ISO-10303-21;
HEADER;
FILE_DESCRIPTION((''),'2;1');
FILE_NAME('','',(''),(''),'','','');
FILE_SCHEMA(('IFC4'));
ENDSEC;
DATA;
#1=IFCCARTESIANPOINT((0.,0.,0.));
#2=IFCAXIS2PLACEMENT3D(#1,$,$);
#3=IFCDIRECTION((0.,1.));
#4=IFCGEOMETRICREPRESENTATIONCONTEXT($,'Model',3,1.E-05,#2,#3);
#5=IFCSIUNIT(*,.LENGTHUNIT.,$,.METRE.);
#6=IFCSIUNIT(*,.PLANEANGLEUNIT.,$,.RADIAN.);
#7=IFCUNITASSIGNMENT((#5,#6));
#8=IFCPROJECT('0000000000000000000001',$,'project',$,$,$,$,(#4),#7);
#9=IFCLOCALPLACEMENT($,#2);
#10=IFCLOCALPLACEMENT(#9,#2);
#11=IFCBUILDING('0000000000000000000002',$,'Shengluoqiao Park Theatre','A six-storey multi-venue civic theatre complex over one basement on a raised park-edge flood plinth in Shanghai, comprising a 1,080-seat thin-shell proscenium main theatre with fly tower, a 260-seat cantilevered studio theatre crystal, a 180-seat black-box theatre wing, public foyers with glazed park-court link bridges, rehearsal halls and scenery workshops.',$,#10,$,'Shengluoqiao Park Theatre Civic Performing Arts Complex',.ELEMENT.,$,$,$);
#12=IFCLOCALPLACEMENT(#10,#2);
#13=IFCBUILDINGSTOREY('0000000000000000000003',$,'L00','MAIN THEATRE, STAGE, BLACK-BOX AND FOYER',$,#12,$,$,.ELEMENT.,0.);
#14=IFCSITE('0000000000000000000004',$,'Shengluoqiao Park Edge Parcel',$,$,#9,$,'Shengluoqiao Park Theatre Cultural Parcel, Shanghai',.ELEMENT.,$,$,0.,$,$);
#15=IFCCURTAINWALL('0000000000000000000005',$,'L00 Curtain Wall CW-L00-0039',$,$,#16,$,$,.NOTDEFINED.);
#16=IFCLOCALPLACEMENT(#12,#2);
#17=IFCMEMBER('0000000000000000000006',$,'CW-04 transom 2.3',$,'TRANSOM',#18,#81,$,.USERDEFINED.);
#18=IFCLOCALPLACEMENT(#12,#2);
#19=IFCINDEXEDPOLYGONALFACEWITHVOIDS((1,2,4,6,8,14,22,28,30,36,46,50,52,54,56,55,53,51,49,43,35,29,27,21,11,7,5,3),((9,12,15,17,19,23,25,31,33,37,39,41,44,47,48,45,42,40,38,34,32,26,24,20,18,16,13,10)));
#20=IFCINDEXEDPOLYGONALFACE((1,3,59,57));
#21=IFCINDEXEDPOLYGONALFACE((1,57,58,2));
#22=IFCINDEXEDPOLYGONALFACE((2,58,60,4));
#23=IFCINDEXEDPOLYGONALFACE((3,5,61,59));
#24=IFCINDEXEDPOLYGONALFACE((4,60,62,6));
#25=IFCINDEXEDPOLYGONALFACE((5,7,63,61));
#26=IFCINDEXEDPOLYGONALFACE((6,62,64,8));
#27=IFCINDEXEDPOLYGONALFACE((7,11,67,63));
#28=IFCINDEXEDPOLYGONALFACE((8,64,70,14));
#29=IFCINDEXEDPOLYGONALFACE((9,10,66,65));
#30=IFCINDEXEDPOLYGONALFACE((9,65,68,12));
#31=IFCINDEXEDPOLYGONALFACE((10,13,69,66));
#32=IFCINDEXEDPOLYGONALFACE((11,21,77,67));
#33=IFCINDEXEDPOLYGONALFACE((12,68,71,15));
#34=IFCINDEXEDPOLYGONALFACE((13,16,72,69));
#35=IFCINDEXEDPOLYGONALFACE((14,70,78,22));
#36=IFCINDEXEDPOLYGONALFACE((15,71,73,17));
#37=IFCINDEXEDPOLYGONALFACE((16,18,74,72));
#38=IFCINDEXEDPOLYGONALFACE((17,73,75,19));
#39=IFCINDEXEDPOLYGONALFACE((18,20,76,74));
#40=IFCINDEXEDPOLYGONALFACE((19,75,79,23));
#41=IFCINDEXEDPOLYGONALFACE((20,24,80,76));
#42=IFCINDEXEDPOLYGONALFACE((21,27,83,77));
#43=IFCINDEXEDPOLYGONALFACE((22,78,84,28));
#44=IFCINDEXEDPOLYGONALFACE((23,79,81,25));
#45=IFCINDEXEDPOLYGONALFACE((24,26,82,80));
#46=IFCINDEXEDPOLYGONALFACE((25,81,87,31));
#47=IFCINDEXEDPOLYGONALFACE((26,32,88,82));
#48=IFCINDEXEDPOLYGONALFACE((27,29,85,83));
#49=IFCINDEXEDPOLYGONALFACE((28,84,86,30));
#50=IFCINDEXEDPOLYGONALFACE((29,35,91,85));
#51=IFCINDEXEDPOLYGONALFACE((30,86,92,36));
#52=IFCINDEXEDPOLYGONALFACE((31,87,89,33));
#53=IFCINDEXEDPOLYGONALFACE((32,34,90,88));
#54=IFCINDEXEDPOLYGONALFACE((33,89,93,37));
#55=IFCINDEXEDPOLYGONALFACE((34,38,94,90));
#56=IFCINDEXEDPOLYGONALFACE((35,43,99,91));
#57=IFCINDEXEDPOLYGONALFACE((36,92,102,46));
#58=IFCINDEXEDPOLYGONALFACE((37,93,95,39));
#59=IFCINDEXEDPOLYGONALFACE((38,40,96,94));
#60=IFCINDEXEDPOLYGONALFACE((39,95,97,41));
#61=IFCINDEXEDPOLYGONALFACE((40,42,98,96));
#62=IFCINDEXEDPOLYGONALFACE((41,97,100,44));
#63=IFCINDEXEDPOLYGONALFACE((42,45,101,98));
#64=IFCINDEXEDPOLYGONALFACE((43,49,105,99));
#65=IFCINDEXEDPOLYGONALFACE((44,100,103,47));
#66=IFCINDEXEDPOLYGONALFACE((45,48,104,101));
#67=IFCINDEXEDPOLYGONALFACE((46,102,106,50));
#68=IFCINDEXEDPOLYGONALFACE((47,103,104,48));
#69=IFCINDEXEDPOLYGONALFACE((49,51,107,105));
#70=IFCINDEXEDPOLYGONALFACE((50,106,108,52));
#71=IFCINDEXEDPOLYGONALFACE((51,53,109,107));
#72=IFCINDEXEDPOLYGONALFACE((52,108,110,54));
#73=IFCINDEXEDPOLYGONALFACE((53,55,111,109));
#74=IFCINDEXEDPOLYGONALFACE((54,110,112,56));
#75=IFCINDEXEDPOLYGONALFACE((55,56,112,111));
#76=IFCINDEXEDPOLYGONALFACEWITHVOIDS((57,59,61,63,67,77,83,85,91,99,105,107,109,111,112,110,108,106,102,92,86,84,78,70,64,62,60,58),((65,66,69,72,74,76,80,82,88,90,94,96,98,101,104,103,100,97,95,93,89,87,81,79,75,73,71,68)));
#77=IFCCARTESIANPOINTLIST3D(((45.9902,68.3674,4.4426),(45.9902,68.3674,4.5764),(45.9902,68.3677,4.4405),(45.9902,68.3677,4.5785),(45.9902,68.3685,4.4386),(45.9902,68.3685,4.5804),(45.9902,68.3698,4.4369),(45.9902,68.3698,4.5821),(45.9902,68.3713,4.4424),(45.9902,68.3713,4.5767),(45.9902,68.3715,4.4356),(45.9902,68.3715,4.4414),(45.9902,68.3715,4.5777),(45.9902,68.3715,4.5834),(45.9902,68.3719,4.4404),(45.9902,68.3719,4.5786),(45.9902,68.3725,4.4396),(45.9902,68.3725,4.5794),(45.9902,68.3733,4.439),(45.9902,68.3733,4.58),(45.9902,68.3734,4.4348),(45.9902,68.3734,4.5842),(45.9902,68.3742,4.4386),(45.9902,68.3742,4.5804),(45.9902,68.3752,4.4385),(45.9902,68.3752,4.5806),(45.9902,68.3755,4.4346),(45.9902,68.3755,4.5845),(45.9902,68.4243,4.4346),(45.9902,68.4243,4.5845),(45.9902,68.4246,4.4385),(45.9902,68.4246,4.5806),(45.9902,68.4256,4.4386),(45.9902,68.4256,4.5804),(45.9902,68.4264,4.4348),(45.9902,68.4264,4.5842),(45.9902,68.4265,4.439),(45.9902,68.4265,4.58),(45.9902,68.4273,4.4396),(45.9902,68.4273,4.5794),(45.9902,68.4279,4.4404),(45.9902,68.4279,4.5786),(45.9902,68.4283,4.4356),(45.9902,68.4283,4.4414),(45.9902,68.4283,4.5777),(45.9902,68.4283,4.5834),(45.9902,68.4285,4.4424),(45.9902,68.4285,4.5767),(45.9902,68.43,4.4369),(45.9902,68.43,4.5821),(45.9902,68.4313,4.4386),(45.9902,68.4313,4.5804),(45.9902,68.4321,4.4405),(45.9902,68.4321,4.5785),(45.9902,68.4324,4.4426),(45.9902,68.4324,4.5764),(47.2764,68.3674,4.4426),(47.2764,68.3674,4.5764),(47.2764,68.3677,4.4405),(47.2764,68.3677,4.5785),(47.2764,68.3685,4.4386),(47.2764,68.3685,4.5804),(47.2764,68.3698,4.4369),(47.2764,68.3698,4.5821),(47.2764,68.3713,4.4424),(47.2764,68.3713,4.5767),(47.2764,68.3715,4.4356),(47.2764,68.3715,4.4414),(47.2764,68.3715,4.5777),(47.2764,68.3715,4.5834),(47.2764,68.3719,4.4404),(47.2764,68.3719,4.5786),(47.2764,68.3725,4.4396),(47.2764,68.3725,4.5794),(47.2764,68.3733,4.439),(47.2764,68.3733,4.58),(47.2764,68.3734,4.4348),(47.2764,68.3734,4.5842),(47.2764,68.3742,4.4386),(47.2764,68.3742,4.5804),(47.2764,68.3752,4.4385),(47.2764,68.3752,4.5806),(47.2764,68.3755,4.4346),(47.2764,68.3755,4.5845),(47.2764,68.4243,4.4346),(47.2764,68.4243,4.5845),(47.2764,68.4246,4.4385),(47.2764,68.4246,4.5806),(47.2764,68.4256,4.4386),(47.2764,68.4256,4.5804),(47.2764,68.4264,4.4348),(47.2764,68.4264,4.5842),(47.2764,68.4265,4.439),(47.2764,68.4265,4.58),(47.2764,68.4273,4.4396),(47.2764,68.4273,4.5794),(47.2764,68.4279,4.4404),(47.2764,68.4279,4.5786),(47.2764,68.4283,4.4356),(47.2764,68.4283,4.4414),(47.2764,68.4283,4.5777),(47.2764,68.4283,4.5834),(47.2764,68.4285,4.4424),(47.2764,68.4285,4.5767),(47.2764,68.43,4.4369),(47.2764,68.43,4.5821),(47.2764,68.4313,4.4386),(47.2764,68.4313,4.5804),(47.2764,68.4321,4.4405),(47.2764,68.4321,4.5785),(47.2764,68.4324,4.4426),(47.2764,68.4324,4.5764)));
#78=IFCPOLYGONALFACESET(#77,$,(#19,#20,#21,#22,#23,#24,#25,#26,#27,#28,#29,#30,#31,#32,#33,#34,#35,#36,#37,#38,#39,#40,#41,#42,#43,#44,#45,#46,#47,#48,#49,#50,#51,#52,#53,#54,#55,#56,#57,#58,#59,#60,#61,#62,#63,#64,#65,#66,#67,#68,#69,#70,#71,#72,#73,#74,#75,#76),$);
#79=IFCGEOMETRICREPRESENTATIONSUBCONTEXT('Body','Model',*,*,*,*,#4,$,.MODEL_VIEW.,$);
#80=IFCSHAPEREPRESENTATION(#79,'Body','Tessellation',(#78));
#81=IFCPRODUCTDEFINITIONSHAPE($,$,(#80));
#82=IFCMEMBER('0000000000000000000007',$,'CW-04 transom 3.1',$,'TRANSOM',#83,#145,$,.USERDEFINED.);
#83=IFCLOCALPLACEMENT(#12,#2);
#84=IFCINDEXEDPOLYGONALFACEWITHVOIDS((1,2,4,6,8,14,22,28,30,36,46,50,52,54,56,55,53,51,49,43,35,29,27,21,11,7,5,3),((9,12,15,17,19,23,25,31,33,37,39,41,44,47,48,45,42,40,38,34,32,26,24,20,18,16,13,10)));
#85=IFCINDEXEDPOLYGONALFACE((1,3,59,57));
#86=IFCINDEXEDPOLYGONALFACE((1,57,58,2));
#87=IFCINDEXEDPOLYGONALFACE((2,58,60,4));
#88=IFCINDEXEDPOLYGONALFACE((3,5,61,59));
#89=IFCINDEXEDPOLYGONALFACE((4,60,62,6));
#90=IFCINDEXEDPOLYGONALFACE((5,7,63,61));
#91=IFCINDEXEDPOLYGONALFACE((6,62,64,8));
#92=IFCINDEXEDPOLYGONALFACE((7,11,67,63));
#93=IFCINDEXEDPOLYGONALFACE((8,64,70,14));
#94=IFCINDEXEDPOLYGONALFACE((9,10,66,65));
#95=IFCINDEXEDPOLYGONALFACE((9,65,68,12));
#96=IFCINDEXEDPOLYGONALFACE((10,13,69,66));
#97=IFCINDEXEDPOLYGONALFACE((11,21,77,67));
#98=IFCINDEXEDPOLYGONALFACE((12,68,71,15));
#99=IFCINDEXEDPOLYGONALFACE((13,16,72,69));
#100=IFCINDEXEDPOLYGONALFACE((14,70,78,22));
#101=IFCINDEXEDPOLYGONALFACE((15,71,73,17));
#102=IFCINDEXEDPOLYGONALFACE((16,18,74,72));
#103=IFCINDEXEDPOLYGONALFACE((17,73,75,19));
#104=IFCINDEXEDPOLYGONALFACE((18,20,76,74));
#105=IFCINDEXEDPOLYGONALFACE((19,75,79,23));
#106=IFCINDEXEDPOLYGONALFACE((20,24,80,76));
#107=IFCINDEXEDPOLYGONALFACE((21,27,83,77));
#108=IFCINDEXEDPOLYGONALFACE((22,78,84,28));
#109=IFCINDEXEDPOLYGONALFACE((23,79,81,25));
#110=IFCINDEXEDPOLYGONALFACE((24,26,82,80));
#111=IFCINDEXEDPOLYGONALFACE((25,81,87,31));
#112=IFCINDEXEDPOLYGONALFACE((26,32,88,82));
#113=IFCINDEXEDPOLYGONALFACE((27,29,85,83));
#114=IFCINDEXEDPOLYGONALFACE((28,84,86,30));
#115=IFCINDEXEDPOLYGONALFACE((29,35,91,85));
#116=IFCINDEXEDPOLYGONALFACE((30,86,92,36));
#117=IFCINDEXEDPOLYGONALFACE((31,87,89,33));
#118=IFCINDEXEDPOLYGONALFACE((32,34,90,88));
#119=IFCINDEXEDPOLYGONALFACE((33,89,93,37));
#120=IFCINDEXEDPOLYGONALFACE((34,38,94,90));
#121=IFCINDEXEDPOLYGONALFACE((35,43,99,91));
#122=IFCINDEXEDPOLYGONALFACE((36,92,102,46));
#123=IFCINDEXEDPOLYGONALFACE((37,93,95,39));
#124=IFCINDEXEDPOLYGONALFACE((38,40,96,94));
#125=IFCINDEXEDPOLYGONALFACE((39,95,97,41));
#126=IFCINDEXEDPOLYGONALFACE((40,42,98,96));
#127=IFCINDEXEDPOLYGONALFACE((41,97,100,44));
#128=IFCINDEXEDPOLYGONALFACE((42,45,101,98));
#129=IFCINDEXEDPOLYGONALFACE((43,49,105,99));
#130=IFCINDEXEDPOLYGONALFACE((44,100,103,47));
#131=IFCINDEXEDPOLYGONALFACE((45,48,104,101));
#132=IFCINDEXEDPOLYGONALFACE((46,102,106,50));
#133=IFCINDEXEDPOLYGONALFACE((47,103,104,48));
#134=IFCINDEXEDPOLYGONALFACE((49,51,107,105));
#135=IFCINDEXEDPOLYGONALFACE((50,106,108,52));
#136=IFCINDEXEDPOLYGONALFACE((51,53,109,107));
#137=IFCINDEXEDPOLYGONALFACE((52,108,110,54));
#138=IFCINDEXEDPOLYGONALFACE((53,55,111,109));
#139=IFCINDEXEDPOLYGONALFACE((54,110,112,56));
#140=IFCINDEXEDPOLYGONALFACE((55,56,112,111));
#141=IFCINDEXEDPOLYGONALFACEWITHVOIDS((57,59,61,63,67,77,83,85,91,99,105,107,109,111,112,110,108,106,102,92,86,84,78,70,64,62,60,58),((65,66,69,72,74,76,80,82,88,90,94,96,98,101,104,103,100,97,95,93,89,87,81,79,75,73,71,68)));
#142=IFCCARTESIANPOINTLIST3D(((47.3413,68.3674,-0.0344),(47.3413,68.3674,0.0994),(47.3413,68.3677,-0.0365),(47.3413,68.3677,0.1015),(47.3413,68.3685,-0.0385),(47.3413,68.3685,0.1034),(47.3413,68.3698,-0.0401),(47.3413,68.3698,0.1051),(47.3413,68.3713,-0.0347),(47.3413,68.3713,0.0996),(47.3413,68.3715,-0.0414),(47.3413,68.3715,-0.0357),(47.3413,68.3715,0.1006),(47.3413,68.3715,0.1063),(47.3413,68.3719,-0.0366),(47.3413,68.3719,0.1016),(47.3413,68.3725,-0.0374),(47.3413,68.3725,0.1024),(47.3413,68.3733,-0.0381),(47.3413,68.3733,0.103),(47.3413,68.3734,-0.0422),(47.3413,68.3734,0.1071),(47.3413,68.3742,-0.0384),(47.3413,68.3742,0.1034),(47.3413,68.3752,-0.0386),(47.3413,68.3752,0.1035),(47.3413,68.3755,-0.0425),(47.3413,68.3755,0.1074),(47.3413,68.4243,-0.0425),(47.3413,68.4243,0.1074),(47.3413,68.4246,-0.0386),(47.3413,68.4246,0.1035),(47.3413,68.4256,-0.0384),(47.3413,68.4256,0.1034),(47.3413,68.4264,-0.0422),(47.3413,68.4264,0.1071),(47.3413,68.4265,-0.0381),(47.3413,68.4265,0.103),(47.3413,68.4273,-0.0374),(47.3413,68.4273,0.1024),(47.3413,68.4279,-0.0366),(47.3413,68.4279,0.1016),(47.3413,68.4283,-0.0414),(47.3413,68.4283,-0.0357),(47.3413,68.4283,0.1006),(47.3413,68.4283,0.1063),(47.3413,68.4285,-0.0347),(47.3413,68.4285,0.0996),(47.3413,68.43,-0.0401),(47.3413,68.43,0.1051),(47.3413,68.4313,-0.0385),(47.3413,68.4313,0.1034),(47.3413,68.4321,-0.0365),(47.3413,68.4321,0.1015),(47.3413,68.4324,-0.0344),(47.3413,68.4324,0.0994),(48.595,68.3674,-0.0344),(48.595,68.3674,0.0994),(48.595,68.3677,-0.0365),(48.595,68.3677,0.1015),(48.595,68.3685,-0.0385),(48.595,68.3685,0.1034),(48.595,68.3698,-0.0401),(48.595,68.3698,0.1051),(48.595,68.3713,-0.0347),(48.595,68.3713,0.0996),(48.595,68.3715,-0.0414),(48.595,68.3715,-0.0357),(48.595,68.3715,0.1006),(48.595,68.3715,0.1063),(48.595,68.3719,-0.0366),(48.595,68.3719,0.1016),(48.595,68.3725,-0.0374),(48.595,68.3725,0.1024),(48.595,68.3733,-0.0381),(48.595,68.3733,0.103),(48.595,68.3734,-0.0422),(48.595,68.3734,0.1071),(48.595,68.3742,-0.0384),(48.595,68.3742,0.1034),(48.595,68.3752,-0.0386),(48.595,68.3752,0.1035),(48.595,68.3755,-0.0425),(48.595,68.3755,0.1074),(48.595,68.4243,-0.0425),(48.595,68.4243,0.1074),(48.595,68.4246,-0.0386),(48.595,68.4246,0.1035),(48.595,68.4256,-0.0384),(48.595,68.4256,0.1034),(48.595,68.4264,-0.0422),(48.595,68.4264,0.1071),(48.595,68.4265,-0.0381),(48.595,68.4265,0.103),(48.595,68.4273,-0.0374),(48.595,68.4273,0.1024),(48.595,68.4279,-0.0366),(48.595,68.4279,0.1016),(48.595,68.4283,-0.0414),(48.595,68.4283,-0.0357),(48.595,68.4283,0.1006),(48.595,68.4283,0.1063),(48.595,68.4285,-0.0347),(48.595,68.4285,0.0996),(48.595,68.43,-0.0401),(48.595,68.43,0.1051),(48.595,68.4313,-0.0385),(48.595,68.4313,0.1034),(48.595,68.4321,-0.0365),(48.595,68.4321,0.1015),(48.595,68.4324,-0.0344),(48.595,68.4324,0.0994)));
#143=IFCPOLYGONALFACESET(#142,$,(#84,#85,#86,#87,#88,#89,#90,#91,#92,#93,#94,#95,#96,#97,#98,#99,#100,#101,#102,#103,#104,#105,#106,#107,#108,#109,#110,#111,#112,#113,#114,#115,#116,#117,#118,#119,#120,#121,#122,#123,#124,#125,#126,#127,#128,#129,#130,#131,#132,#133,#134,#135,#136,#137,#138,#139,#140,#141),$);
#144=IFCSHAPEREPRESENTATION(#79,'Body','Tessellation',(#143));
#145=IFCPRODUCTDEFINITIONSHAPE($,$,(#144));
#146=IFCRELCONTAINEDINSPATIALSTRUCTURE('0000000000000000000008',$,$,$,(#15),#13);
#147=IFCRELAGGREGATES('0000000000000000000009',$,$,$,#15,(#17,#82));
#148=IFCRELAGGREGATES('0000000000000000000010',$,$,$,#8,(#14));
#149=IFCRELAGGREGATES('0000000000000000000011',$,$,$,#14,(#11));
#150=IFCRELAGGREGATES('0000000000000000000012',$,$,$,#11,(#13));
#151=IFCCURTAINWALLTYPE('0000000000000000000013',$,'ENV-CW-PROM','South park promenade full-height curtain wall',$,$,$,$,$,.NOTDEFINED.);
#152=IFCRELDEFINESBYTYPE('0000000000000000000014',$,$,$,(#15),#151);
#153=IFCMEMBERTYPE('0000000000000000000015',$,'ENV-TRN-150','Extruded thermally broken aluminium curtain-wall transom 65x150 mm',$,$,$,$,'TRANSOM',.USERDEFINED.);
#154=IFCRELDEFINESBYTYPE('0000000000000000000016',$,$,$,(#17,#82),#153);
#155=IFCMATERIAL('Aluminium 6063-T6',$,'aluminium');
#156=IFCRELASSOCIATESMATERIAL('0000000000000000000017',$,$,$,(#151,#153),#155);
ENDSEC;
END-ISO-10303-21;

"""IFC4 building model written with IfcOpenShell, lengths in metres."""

from ifc_helpers import new_model, si_unit, direction, frame, origin, origin_2d, place, context, subcontext, project, spatial, hollow_rectangle, extrude, material, material_profile, profile_set, type_object, element, aggregate, save


model = new_model("IFC4")

# Units and contexts
model_context = context("Model", 3, precision=1e-05, world=origin(), true_north=direction((0.0, 1.0)))
body_context = subcontext(model_context, "Body", "Model", "MODEL_VIEW")
ifc_project = project(units=[si_unit("LENGTHUNIT", "METRE"), si_unit("PLANEANGLEUNIT", "RADIAN")], contexts=[model_context])

# Site, building, storey
site_placement = place(None, origin())
site = spatial("IfcSite", under=ifc_project, at=site_placement, Name="Shengluoqiao Park Edge Parcel", LongName="Shengluoqiao Park Theatre Cultural Parcel, Shanghai", CompositionType="ELEMENT", RefElevation=0.0)
building_placement = place(site_placement, origin())
building = spatial("IfcBuilding", under=site, at=building_placement, Name="Shengluoqiao Park Theatre", Description="A six-storey multi-venue civic theatre complex over one basement on a raised park-edge flood plinth in Shanghai, comprising a 1,080-seat thin-shell proscenium main theatre with fly tower, a 260-seat cantilevered studio theatre crystal, a 180-seat black-box theatre wing, public foyers with glazed park-court link bridges, rehearsal halls and scenery workshops.", LongName="Shengluoqiao Park Theatre Civic Performing Arts Complex", CompositionType="ELEMENT")
storey_placement = place(building_placement, origin())
storey = spatial("IfcBuildingStorey", under=building, at=storey_placement, Name="L00", Description="MAIN THEATRE, STAGE, BLACK-BOX AND FOYER", CompositionType="ELEMENT", Elevation=0.0)

# Curtain wall, members
ifc_material_1 = material(Name="Aluminium 6063-T6", Category="aluminium")
curtain_wall_type = type_object("IfcCurtainWallType", Name="ENV-CW-PROM", Description="South park promenade full-height curtain wall", PredefinedType="NOTDEFINED", material=ifc_material_1)
curtain_wall_placement = place(storey_placement, origin())
curtain_wall = element("IfcCurtainWall", 1, at=curtain_wall_placement, inside=storey, type_object=curtain_wall_type, Name="L00 Curtain Wall CW-L00-0039", PredefinedType="NOTDEFINED")
ifc_material_profile_1 = material_profile(ifc_material_1, hollow_rectangle(XDim=0.0649, YDim=0.1499, WallThickness=0.0039, InnerFilletRadius=0.0039, OuterFilletRadius=0.0081, at=origin_2d()), Name="ALU TRANSOM 150x65x4")
ifc_profile_set_1 = profile_set([ifc_material_profile_1], Name="Aluminium 6063-T6")
member_type_1 = type_object("IfcMemberType", Name="ENV-TRN-150", Description="Extruded thermally broken aluminium curtain-wall transom 65x150 mm", ElementType="TRANSOM", PredefinedType="USERDEFINED", material=ifc_profile_set_1)
member_1_placement = place(storey_placement, frame((45.9902, 68.3999, 4.5095), z_axis=(1.0, 0.0, 0.0), x_axis=(0.0, 1.0, 0.0)))
member_1 = element("IfcMember", 2, at=member_1_placement, type_object=member_type_1, Name="CW-04 transom 2.3", ObjectType="TRANSOM", PredefinedType="USERDEFINED", context=body_context, shape_type="SweptSolid", body=[
    extrude(hollow_rectangle(XDim=0.0649, YDim=0.1499, WallThickness=0.0039, InnerFilletRadius=0.0039, OuterFilletRadius=0.0081, at=origin_2d()), origin(), (0.0, 0.0, 1.0), 1.2861),
])
member_2_placement = place(storey_placement, frame((47.3413, 68.3999, 0.0325), z_axis=(1.0, 0.0, 0.0), x_axis=(0.0, 1.0, 0.0)))
member_2 = element("IfcMember", 3, at=member_2_placement, type_object=member_type_1, Name="CW-04 transom 3.1", ObjectType="TRANSOM", PredefinedType="USERDEFINED", context=body_context, shape_type="SweptSolid", body=[
    extrude(hollow_rectangle(XDim=0.0649, YDim=0.1499, WallThickness=0.0039, InnerFilletRadius=0.0039, OuterFilletRadius=0.0081, at=origin_2d()), origin(), (0.0, 0.0, 1.0), 1.2537),
])
aggregate(curtain_wall, [member_1, member_2])

save(model, "model.ifc")
